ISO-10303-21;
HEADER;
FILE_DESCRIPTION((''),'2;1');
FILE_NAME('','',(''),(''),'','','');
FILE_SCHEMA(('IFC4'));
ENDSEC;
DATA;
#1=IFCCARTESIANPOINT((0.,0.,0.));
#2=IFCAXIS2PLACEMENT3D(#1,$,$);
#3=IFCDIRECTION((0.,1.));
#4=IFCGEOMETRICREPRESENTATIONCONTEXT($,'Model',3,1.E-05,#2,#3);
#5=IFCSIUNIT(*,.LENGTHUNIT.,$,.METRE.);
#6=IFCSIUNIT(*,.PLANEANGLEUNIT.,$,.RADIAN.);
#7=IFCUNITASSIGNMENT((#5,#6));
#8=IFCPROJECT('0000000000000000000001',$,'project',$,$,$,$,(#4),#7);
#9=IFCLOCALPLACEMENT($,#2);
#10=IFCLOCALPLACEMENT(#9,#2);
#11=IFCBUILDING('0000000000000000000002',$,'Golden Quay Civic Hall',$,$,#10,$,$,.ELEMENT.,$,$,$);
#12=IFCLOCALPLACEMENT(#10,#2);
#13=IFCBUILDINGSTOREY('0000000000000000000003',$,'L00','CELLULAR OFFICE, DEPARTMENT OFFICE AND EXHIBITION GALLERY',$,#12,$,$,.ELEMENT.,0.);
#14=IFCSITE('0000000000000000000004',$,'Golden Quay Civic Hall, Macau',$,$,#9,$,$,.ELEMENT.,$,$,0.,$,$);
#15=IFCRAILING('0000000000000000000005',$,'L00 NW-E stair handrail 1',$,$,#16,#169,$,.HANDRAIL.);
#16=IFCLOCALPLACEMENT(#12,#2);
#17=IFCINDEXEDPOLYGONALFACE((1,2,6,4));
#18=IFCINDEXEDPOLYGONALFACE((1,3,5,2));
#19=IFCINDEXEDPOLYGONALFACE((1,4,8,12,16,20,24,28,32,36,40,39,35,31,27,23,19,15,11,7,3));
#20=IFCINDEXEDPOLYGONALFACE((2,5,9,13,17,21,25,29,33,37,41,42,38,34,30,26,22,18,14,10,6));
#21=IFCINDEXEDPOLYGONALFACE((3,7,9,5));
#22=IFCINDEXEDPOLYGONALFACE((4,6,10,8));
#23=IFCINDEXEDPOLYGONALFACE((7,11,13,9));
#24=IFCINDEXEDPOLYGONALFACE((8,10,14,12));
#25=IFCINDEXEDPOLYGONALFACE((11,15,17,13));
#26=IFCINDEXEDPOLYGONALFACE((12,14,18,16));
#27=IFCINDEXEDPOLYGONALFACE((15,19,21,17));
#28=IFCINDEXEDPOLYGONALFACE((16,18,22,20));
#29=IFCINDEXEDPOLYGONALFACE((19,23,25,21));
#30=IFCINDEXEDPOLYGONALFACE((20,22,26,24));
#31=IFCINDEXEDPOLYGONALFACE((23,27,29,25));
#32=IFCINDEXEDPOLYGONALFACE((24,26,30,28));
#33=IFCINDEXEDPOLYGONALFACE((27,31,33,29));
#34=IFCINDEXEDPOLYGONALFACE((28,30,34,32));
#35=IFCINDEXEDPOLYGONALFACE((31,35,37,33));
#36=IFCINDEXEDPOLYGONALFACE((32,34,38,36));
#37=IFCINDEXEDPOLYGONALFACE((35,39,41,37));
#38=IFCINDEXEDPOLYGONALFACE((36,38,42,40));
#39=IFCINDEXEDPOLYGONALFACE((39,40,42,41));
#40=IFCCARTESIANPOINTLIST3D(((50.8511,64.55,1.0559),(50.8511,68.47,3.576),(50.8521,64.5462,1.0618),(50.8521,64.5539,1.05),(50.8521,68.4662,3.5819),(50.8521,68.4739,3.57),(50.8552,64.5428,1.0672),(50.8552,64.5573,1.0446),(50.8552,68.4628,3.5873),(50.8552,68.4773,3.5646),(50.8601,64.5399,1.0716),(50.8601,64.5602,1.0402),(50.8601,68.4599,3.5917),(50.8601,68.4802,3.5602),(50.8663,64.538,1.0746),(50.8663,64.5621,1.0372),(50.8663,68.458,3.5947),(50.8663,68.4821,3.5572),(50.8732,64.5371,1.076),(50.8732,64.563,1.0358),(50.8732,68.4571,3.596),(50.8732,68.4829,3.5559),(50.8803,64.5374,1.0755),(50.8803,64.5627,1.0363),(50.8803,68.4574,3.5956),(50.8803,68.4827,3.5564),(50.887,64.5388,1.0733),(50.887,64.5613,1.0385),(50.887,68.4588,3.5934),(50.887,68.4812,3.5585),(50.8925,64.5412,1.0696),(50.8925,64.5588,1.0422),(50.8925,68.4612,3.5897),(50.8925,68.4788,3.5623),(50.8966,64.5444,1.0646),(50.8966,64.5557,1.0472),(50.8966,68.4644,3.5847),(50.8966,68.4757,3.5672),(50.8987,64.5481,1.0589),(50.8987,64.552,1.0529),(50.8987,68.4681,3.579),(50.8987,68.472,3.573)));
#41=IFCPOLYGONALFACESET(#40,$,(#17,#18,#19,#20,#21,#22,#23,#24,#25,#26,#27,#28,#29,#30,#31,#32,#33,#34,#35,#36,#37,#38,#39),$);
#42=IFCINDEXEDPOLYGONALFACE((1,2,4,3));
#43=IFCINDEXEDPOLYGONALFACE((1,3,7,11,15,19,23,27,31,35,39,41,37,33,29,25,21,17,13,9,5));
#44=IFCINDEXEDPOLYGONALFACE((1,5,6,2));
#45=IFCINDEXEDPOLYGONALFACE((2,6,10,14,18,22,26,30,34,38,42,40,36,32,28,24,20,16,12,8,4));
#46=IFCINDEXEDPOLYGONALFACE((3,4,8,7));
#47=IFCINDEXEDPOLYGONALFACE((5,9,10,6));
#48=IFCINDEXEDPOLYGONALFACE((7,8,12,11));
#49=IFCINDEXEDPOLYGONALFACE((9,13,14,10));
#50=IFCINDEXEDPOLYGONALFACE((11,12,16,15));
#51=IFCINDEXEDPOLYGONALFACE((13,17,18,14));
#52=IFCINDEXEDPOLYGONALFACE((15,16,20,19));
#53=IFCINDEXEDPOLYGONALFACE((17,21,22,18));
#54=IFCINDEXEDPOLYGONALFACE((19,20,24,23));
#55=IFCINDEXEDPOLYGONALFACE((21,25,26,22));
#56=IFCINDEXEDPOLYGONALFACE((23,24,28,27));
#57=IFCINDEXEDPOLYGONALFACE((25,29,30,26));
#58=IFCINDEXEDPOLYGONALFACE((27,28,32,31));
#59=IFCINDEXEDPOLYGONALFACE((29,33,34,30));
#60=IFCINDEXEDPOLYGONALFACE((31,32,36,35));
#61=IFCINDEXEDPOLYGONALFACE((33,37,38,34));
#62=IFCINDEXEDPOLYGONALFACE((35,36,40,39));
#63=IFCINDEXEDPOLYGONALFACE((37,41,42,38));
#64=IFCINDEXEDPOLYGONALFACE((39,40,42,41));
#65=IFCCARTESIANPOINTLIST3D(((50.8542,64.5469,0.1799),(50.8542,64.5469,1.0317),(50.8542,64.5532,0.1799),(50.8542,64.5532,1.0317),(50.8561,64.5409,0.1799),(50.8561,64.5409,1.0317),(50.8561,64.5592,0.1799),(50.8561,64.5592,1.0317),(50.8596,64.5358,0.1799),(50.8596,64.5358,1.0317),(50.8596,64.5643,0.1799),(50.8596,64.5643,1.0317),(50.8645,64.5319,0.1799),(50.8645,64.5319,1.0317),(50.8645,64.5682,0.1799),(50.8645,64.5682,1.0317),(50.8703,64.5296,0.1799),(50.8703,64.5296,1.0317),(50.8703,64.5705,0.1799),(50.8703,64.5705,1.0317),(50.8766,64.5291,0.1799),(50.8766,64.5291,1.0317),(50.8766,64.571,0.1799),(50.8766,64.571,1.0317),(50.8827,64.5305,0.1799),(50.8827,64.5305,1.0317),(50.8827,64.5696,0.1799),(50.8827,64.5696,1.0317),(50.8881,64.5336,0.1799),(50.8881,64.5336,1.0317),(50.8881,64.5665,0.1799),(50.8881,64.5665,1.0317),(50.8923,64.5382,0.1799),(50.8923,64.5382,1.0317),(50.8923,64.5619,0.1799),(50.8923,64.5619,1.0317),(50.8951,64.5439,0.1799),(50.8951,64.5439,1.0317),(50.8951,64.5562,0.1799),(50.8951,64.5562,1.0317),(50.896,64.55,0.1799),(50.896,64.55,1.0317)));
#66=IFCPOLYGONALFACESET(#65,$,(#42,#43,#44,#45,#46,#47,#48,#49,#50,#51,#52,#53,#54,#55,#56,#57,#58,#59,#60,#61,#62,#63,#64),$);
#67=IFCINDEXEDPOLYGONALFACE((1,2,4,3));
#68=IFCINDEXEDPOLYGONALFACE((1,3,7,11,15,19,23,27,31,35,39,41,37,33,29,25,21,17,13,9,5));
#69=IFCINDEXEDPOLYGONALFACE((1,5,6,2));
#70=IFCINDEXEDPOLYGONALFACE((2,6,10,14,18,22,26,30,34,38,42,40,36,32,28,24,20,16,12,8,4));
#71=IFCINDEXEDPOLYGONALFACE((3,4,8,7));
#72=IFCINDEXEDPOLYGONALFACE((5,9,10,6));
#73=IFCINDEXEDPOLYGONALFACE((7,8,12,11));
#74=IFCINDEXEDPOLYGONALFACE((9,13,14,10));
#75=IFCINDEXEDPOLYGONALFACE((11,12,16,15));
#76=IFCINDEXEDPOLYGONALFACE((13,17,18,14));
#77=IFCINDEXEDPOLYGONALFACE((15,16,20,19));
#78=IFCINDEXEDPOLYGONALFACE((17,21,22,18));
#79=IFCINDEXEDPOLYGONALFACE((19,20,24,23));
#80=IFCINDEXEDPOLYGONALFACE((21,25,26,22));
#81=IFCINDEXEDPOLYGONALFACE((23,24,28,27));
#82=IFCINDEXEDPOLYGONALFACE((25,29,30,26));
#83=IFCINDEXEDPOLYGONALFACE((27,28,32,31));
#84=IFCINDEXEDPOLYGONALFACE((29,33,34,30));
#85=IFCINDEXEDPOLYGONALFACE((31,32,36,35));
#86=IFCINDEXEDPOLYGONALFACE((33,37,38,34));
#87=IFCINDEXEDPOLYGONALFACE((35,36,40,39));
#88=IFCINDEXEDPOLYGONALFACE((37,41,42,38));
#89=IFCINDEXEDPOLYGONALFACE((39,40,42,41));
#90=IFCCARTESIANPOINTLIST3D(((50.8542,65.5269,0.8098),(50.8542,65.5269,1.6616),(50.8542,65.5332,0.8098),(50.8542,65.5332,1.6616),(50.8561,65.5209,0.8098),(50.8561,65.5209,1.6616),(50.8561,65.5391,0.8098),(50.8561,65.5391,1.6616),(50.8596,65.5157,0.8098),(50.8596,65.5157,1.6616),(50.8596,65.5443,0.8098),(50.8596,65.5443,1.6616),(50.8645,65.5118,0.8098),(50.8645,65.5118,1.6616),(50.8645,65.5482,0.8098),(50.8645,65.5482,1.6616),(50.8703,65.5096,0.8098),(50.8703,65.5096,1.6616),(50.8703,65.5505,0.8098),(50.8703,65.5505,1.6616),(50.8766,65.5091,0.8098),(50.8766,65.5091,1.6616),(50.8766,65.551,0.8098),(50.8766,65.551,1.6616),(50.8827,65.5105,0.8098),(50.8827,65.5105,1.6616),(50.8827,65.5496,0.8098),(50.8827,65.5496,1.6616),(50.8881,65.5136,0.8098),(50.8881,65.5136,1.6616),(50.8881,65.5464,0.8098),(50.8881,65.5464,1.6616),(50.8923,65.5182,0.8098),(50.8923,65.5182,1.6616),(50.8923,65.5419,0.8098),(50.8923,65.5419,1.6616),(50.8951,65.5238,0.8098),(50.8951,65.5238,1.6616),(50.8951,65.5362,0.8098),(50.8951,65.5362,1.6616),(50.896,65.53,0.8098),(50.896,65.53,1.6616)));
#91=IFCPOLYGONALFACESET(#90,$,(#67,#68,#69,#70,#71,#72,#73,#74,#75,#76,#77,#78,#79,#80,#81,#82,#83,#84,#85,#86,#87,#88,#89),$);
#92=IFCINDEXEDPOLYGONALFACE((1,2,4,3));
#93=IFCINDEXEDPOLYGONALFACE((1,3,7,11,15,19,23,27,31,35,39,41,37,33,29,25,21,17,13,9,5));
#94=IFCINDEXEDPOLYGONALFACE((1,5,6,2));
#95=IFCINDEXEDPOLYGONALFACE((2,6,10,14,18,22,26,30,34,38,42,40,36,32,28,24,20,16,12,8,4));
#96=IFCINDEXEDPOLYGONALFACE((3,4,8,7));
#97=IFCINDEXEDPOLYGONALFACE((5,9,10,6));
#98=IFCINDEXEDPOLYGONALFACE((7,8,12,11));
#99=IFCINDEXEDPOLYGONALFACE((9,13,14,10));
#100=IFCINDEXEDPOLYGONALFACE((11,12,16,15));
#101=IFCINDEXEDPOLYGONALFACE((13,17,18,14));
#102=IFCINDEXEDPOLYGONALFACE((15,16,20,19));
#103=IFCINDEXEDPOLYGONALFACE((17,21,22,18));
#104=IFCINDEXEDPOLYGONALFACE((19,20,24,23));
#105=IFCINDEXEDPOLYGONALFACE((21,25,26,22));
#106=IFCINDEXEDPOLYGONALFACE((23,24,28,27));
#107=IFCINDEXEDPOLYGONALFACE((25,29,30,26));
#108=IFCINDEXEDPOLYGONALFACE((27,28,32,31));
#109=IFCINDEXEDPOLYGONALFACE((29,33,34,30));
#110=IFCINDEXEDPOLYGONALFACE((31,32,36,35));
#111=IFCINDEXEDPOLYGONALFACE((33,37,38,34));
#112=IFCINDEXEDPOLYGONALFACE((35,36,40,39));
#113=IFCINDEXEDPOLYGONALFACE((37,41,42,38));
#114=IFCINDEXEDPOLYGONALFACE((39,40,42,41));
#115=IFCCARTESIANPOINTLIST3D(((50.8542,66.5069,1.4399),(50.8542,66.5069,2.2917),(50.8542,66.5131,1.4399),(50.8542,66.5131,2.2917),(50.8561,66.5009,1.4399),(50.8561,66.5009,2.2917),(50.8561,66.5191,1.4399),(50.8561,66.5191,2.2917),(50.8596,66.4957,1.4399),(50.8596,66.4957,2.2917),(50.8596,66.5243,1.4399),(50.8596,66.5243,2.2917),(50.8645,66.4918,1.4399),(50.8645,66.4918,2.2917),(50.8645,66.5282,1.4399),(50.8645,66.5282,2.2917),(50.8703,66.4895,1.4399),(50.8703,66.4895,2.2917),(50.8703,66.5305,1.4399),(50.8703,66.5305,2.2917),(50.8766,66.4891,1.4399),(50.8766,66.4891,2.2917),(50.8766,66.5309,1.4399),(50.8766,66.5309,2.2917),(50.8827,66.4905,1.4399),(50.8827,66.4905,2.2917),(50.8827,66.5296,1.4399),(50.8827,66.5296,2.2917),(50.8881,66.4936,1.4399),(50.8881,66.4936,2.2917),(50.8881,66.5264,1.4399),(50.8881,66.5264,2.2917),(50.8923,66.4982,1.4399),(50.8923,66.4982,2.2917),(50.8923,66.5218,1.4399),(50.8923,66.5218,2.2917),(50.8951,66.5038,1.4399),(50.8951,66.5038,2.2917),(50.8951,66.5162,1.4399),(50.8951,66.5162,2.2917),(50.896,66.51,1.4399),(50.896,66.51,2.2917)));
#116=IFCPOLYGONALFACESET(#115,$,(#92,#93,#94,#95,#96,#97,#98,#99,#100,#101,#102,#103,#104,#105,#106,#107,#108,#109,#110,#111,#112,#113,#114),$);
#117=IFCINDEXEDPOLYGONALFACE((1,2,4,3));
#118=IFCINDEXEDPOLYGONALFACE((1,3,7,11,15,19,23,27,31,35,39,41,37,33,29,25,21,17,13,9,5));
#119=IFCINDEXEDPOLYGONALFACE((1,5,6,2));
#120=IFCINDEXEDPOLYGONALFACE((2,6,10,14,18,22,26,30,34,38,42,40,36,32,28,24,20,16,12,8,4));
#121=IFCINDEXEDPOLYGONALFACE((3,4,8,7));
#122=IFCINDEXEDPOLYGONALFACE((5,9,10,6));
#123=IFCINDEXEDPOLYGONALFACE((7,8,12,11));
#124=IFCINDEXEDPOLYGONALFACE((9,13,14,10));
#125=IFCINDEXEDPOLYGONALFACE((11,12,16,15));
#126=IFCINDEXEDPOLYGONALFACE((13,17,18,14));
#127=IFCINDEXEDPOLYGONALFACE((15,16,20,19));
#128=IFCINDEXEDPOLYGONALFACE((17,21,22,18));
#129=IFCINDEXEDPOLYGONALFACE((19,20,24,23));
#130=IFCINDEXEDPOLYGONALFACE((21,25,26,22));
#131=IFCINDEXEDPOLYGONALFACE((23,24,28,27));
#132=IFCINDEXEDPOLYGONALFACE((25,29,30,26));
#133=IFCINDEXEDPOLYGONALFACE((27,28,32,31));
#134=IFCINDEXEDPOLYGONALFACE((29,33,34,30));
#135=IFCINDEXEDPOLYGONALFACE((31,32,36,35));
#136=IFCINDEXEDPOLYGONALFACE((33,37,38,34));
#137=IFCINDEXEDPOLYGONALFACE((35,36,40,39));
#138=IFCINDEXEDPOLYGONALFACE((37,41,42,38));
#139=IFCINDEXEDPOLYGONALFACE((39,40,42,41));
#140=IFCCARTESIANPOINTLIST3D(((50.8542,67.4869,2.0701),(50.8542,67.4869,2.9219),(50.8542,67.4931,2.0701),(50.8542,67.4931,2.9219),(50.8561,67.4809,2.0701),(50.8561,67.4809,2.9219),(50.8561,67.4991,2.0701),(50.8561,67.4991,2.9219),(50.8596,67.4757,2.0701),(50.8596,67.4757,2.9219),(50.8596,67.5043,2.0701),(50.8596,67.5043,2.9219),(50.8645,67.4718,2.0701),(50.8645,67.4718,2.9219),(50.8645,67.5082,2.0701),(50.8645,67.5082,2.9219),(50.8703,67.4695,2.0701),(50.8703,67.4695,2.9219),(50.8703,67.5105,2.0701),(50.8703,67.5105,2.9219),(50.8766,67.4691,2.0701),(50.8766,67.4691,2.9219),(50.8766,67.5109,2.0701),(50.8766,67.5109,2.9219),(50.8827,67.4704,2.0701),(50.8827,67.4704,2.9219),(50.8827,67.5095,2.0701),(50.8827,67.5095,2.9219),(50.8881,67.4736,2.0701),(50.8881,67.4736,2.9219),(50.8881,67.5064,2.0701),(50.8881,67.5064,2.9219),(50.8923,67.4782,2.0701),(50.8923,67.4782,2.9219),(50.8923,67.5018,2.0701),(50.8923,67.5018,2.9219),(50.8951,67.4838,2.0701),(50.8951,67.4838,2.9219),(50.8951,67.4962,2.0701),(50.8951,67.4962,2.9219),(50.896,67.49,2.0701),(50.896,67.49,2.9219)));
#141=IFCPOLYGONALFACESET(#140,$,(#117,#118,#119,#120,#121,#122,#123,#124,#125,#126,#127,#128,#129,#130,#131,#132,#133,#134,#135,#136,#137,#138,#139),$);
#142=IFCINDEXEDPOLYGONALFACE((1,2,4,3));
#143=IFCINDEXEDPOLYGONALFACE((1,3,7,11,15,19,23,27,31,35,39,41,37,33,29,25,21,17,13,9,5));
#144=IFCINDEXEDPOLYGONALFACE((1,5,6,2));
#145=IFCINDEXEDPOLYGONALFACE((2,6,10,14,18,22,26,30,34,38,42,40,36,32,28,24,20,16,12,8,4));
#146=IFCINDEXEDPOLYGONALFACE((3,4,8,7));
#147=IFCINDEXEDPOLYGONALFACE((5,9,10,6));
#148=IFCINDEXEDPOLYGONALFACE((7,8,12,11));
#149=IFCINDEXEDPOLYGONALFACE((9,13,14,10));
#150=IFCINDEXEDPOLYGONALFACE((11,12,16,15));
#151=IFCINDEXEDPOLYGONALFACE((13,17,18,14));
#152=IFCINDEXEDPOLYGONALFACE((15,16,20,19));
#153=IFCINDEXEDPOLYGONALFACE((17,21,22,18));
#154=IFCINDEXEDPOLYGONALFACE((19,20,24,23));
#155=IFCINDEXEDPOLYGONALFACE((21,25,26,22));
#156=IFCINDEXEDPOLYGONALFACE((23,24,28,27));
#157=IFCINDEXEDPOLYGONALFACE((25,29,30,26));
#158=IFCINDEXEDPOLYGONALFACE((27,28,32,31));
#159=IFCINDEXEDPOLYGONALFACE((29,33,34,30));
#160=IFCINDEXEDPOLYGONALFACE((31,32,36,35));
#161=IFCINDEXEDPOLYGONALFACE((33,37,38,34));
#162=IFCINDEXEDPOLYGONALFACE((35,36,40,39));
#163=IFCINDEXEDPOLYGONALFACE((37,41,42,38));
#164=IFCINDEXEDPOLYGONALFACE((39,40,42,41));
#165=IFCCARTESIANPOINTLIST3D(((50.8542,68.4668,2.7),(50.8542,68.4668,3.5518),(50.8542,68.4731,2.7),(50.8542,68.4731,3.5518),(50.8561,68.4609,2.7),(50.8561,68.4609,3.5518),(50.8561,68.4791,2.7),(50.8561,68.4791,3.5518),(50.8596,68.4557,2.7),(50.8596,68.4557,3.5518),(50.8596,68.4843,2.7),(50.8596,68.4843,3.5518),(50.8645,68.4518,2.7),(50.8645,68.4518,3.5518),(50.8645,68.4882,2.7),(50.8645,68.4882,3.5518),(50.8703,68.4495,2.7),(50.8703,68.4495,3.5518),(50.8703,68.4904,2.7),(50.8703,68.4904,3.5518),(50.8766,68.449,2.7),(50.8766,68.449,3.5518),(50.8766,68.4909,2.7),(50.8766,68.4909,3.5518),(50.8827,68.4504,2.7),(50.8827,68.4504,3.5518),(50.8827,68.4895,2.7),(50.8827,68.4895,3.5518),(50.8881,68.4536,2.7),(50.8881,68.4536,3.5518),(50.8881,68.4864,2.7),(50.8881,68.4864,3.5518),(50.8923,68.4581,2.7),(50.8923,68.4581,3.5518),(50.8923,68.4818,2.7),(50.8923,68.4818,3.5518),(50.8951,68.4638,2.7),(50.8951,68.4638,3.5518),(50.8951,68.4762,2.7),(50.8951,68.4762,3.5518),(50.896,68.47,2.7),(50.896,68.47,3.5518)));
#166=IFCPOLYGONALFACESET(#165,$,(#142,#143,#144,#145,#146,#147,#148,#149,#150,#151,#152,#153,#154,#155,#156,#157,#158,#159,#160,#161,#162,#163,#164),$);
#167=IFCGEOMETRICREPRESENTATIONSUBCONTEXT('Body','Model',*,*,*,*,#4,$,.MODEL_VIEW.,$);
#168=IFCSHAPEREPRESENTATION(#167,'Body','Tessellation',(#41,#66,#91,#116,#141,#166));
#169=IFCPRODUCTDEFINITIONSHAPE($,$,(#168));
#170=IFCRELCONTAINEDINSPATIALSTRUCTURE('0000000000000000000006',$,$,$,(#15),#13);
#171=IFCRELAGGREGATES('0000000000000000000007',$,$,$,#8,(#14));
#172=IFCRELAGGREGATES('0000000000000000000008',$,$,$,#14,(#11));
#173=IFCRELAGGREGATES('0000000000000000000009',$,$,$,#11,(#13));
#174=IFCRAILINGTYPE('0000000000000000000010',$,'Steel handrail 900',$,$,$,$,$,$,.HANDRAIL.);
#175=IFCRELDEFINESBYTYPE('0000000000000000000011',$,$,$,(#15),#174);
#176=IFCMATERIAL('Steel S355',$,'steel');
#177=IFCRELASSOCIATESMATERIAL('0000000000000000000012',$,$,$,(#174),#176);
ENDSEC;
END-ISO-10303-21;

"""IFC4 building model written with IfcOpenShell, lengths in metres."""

from ifc_helpers import new_model, si_unit, direction, frame, origin, origin_2d, place, context, subcontext, project, spatial, circle, extrude, material, type_object, element, save


model = new_model("IFC4")

# Units and contexts
model_context = context("Model", 3, precision=1e-05, world=origin(), true_north=direction((0.0, 1.0)))
body_context = subcontext(model_context, "Body", "Model", "MODEL_VIEW")
ifc_project = project(units=[si_unit("LENGTHUNIT", "METRE"), si_unit("PLANEANGLEUNIT", "RADIAN")], contexts=[model_context])

# Site, building, storey
site_placement = place(None, origin())
site = spatial("IfcSite", under=ifc_project, at=site_placement, Name="Golden Quay Civic Hall, Macau", CompositionType="ELEMENT", RefElevation=0.0)
building_placement = place(site_placement, origin())
building = spatial("IfcBuilding", under=site, at=building_placement, Name="Golden Quay Civic Hall", CompositionType="ELEMENT")
storey_placement = place(building_placement, origin())
storey = spatial("IfcBuildingStorey", under=building, at=storey_placement, Name="L00", Description="CELLULAR OFFICE, DEPARTMENT OFFICE AND EXHIBITION GALLERY", CompositionType="ELEMENT", Elevation=0.0)

# Railing
ifc_material_1 = material(Name="Steel S355", Category="steel")
railing_type_1 = type_object("IfcRailingType", Name="Steel handrail 900", PredefinedType="HANDRAIL", material=ifc_material_1)
railing_1_placement = place(storey_placement, frame((50.875, 64.55, 0.1799)))
element("IfcRailing", 1, at=railing_1_placement, inside=storey, type_object=railing_type_1, Name="L00 NW-E stair handrail 1", PredefinedType="HANDRAIL", context=body_context, shape_type="SweptSolid", body=[
    extrude(circle(Radius=0.0239, at=origin_2d()), frame((0.0, 0.0, 0.876), z_axis=(0.0, 0.841172, 0.540768), x_axis=(-1.0, 0.0, 0.0)), (0.0, 0.0, 1.0), 4.6602),
    extrude(circle(Radius=0.021, at=origin_2d()), origin(), (0.0, 0.0, 1.0), 0.8518),
    extrude(circle(Radius=0.021, at=origin_2d()), frame((0.0, 0.98, 0.6299)), (0.0, 0.0, 1.0), 0.8518),
    extrude(circle(Radius=0.021, at=origin_2d()), frame((0.0, 1.96, 1.26)), (0.0, 0.0, 1.0), 0.8518),
    extrude(circle(Radius=0.021, at=origin_2d()), frame((0.0, 2.9399, 1.8901)), (0.0, 0.0, 1.0), 0.8518),
    extrude(circle(Radius=0.021, at=origin_2d()), frame((0.0, 3.9199, 2.52)), (0.0, 0.0, 1.0), 0.8518),
])

save(model, "model.ifc")
